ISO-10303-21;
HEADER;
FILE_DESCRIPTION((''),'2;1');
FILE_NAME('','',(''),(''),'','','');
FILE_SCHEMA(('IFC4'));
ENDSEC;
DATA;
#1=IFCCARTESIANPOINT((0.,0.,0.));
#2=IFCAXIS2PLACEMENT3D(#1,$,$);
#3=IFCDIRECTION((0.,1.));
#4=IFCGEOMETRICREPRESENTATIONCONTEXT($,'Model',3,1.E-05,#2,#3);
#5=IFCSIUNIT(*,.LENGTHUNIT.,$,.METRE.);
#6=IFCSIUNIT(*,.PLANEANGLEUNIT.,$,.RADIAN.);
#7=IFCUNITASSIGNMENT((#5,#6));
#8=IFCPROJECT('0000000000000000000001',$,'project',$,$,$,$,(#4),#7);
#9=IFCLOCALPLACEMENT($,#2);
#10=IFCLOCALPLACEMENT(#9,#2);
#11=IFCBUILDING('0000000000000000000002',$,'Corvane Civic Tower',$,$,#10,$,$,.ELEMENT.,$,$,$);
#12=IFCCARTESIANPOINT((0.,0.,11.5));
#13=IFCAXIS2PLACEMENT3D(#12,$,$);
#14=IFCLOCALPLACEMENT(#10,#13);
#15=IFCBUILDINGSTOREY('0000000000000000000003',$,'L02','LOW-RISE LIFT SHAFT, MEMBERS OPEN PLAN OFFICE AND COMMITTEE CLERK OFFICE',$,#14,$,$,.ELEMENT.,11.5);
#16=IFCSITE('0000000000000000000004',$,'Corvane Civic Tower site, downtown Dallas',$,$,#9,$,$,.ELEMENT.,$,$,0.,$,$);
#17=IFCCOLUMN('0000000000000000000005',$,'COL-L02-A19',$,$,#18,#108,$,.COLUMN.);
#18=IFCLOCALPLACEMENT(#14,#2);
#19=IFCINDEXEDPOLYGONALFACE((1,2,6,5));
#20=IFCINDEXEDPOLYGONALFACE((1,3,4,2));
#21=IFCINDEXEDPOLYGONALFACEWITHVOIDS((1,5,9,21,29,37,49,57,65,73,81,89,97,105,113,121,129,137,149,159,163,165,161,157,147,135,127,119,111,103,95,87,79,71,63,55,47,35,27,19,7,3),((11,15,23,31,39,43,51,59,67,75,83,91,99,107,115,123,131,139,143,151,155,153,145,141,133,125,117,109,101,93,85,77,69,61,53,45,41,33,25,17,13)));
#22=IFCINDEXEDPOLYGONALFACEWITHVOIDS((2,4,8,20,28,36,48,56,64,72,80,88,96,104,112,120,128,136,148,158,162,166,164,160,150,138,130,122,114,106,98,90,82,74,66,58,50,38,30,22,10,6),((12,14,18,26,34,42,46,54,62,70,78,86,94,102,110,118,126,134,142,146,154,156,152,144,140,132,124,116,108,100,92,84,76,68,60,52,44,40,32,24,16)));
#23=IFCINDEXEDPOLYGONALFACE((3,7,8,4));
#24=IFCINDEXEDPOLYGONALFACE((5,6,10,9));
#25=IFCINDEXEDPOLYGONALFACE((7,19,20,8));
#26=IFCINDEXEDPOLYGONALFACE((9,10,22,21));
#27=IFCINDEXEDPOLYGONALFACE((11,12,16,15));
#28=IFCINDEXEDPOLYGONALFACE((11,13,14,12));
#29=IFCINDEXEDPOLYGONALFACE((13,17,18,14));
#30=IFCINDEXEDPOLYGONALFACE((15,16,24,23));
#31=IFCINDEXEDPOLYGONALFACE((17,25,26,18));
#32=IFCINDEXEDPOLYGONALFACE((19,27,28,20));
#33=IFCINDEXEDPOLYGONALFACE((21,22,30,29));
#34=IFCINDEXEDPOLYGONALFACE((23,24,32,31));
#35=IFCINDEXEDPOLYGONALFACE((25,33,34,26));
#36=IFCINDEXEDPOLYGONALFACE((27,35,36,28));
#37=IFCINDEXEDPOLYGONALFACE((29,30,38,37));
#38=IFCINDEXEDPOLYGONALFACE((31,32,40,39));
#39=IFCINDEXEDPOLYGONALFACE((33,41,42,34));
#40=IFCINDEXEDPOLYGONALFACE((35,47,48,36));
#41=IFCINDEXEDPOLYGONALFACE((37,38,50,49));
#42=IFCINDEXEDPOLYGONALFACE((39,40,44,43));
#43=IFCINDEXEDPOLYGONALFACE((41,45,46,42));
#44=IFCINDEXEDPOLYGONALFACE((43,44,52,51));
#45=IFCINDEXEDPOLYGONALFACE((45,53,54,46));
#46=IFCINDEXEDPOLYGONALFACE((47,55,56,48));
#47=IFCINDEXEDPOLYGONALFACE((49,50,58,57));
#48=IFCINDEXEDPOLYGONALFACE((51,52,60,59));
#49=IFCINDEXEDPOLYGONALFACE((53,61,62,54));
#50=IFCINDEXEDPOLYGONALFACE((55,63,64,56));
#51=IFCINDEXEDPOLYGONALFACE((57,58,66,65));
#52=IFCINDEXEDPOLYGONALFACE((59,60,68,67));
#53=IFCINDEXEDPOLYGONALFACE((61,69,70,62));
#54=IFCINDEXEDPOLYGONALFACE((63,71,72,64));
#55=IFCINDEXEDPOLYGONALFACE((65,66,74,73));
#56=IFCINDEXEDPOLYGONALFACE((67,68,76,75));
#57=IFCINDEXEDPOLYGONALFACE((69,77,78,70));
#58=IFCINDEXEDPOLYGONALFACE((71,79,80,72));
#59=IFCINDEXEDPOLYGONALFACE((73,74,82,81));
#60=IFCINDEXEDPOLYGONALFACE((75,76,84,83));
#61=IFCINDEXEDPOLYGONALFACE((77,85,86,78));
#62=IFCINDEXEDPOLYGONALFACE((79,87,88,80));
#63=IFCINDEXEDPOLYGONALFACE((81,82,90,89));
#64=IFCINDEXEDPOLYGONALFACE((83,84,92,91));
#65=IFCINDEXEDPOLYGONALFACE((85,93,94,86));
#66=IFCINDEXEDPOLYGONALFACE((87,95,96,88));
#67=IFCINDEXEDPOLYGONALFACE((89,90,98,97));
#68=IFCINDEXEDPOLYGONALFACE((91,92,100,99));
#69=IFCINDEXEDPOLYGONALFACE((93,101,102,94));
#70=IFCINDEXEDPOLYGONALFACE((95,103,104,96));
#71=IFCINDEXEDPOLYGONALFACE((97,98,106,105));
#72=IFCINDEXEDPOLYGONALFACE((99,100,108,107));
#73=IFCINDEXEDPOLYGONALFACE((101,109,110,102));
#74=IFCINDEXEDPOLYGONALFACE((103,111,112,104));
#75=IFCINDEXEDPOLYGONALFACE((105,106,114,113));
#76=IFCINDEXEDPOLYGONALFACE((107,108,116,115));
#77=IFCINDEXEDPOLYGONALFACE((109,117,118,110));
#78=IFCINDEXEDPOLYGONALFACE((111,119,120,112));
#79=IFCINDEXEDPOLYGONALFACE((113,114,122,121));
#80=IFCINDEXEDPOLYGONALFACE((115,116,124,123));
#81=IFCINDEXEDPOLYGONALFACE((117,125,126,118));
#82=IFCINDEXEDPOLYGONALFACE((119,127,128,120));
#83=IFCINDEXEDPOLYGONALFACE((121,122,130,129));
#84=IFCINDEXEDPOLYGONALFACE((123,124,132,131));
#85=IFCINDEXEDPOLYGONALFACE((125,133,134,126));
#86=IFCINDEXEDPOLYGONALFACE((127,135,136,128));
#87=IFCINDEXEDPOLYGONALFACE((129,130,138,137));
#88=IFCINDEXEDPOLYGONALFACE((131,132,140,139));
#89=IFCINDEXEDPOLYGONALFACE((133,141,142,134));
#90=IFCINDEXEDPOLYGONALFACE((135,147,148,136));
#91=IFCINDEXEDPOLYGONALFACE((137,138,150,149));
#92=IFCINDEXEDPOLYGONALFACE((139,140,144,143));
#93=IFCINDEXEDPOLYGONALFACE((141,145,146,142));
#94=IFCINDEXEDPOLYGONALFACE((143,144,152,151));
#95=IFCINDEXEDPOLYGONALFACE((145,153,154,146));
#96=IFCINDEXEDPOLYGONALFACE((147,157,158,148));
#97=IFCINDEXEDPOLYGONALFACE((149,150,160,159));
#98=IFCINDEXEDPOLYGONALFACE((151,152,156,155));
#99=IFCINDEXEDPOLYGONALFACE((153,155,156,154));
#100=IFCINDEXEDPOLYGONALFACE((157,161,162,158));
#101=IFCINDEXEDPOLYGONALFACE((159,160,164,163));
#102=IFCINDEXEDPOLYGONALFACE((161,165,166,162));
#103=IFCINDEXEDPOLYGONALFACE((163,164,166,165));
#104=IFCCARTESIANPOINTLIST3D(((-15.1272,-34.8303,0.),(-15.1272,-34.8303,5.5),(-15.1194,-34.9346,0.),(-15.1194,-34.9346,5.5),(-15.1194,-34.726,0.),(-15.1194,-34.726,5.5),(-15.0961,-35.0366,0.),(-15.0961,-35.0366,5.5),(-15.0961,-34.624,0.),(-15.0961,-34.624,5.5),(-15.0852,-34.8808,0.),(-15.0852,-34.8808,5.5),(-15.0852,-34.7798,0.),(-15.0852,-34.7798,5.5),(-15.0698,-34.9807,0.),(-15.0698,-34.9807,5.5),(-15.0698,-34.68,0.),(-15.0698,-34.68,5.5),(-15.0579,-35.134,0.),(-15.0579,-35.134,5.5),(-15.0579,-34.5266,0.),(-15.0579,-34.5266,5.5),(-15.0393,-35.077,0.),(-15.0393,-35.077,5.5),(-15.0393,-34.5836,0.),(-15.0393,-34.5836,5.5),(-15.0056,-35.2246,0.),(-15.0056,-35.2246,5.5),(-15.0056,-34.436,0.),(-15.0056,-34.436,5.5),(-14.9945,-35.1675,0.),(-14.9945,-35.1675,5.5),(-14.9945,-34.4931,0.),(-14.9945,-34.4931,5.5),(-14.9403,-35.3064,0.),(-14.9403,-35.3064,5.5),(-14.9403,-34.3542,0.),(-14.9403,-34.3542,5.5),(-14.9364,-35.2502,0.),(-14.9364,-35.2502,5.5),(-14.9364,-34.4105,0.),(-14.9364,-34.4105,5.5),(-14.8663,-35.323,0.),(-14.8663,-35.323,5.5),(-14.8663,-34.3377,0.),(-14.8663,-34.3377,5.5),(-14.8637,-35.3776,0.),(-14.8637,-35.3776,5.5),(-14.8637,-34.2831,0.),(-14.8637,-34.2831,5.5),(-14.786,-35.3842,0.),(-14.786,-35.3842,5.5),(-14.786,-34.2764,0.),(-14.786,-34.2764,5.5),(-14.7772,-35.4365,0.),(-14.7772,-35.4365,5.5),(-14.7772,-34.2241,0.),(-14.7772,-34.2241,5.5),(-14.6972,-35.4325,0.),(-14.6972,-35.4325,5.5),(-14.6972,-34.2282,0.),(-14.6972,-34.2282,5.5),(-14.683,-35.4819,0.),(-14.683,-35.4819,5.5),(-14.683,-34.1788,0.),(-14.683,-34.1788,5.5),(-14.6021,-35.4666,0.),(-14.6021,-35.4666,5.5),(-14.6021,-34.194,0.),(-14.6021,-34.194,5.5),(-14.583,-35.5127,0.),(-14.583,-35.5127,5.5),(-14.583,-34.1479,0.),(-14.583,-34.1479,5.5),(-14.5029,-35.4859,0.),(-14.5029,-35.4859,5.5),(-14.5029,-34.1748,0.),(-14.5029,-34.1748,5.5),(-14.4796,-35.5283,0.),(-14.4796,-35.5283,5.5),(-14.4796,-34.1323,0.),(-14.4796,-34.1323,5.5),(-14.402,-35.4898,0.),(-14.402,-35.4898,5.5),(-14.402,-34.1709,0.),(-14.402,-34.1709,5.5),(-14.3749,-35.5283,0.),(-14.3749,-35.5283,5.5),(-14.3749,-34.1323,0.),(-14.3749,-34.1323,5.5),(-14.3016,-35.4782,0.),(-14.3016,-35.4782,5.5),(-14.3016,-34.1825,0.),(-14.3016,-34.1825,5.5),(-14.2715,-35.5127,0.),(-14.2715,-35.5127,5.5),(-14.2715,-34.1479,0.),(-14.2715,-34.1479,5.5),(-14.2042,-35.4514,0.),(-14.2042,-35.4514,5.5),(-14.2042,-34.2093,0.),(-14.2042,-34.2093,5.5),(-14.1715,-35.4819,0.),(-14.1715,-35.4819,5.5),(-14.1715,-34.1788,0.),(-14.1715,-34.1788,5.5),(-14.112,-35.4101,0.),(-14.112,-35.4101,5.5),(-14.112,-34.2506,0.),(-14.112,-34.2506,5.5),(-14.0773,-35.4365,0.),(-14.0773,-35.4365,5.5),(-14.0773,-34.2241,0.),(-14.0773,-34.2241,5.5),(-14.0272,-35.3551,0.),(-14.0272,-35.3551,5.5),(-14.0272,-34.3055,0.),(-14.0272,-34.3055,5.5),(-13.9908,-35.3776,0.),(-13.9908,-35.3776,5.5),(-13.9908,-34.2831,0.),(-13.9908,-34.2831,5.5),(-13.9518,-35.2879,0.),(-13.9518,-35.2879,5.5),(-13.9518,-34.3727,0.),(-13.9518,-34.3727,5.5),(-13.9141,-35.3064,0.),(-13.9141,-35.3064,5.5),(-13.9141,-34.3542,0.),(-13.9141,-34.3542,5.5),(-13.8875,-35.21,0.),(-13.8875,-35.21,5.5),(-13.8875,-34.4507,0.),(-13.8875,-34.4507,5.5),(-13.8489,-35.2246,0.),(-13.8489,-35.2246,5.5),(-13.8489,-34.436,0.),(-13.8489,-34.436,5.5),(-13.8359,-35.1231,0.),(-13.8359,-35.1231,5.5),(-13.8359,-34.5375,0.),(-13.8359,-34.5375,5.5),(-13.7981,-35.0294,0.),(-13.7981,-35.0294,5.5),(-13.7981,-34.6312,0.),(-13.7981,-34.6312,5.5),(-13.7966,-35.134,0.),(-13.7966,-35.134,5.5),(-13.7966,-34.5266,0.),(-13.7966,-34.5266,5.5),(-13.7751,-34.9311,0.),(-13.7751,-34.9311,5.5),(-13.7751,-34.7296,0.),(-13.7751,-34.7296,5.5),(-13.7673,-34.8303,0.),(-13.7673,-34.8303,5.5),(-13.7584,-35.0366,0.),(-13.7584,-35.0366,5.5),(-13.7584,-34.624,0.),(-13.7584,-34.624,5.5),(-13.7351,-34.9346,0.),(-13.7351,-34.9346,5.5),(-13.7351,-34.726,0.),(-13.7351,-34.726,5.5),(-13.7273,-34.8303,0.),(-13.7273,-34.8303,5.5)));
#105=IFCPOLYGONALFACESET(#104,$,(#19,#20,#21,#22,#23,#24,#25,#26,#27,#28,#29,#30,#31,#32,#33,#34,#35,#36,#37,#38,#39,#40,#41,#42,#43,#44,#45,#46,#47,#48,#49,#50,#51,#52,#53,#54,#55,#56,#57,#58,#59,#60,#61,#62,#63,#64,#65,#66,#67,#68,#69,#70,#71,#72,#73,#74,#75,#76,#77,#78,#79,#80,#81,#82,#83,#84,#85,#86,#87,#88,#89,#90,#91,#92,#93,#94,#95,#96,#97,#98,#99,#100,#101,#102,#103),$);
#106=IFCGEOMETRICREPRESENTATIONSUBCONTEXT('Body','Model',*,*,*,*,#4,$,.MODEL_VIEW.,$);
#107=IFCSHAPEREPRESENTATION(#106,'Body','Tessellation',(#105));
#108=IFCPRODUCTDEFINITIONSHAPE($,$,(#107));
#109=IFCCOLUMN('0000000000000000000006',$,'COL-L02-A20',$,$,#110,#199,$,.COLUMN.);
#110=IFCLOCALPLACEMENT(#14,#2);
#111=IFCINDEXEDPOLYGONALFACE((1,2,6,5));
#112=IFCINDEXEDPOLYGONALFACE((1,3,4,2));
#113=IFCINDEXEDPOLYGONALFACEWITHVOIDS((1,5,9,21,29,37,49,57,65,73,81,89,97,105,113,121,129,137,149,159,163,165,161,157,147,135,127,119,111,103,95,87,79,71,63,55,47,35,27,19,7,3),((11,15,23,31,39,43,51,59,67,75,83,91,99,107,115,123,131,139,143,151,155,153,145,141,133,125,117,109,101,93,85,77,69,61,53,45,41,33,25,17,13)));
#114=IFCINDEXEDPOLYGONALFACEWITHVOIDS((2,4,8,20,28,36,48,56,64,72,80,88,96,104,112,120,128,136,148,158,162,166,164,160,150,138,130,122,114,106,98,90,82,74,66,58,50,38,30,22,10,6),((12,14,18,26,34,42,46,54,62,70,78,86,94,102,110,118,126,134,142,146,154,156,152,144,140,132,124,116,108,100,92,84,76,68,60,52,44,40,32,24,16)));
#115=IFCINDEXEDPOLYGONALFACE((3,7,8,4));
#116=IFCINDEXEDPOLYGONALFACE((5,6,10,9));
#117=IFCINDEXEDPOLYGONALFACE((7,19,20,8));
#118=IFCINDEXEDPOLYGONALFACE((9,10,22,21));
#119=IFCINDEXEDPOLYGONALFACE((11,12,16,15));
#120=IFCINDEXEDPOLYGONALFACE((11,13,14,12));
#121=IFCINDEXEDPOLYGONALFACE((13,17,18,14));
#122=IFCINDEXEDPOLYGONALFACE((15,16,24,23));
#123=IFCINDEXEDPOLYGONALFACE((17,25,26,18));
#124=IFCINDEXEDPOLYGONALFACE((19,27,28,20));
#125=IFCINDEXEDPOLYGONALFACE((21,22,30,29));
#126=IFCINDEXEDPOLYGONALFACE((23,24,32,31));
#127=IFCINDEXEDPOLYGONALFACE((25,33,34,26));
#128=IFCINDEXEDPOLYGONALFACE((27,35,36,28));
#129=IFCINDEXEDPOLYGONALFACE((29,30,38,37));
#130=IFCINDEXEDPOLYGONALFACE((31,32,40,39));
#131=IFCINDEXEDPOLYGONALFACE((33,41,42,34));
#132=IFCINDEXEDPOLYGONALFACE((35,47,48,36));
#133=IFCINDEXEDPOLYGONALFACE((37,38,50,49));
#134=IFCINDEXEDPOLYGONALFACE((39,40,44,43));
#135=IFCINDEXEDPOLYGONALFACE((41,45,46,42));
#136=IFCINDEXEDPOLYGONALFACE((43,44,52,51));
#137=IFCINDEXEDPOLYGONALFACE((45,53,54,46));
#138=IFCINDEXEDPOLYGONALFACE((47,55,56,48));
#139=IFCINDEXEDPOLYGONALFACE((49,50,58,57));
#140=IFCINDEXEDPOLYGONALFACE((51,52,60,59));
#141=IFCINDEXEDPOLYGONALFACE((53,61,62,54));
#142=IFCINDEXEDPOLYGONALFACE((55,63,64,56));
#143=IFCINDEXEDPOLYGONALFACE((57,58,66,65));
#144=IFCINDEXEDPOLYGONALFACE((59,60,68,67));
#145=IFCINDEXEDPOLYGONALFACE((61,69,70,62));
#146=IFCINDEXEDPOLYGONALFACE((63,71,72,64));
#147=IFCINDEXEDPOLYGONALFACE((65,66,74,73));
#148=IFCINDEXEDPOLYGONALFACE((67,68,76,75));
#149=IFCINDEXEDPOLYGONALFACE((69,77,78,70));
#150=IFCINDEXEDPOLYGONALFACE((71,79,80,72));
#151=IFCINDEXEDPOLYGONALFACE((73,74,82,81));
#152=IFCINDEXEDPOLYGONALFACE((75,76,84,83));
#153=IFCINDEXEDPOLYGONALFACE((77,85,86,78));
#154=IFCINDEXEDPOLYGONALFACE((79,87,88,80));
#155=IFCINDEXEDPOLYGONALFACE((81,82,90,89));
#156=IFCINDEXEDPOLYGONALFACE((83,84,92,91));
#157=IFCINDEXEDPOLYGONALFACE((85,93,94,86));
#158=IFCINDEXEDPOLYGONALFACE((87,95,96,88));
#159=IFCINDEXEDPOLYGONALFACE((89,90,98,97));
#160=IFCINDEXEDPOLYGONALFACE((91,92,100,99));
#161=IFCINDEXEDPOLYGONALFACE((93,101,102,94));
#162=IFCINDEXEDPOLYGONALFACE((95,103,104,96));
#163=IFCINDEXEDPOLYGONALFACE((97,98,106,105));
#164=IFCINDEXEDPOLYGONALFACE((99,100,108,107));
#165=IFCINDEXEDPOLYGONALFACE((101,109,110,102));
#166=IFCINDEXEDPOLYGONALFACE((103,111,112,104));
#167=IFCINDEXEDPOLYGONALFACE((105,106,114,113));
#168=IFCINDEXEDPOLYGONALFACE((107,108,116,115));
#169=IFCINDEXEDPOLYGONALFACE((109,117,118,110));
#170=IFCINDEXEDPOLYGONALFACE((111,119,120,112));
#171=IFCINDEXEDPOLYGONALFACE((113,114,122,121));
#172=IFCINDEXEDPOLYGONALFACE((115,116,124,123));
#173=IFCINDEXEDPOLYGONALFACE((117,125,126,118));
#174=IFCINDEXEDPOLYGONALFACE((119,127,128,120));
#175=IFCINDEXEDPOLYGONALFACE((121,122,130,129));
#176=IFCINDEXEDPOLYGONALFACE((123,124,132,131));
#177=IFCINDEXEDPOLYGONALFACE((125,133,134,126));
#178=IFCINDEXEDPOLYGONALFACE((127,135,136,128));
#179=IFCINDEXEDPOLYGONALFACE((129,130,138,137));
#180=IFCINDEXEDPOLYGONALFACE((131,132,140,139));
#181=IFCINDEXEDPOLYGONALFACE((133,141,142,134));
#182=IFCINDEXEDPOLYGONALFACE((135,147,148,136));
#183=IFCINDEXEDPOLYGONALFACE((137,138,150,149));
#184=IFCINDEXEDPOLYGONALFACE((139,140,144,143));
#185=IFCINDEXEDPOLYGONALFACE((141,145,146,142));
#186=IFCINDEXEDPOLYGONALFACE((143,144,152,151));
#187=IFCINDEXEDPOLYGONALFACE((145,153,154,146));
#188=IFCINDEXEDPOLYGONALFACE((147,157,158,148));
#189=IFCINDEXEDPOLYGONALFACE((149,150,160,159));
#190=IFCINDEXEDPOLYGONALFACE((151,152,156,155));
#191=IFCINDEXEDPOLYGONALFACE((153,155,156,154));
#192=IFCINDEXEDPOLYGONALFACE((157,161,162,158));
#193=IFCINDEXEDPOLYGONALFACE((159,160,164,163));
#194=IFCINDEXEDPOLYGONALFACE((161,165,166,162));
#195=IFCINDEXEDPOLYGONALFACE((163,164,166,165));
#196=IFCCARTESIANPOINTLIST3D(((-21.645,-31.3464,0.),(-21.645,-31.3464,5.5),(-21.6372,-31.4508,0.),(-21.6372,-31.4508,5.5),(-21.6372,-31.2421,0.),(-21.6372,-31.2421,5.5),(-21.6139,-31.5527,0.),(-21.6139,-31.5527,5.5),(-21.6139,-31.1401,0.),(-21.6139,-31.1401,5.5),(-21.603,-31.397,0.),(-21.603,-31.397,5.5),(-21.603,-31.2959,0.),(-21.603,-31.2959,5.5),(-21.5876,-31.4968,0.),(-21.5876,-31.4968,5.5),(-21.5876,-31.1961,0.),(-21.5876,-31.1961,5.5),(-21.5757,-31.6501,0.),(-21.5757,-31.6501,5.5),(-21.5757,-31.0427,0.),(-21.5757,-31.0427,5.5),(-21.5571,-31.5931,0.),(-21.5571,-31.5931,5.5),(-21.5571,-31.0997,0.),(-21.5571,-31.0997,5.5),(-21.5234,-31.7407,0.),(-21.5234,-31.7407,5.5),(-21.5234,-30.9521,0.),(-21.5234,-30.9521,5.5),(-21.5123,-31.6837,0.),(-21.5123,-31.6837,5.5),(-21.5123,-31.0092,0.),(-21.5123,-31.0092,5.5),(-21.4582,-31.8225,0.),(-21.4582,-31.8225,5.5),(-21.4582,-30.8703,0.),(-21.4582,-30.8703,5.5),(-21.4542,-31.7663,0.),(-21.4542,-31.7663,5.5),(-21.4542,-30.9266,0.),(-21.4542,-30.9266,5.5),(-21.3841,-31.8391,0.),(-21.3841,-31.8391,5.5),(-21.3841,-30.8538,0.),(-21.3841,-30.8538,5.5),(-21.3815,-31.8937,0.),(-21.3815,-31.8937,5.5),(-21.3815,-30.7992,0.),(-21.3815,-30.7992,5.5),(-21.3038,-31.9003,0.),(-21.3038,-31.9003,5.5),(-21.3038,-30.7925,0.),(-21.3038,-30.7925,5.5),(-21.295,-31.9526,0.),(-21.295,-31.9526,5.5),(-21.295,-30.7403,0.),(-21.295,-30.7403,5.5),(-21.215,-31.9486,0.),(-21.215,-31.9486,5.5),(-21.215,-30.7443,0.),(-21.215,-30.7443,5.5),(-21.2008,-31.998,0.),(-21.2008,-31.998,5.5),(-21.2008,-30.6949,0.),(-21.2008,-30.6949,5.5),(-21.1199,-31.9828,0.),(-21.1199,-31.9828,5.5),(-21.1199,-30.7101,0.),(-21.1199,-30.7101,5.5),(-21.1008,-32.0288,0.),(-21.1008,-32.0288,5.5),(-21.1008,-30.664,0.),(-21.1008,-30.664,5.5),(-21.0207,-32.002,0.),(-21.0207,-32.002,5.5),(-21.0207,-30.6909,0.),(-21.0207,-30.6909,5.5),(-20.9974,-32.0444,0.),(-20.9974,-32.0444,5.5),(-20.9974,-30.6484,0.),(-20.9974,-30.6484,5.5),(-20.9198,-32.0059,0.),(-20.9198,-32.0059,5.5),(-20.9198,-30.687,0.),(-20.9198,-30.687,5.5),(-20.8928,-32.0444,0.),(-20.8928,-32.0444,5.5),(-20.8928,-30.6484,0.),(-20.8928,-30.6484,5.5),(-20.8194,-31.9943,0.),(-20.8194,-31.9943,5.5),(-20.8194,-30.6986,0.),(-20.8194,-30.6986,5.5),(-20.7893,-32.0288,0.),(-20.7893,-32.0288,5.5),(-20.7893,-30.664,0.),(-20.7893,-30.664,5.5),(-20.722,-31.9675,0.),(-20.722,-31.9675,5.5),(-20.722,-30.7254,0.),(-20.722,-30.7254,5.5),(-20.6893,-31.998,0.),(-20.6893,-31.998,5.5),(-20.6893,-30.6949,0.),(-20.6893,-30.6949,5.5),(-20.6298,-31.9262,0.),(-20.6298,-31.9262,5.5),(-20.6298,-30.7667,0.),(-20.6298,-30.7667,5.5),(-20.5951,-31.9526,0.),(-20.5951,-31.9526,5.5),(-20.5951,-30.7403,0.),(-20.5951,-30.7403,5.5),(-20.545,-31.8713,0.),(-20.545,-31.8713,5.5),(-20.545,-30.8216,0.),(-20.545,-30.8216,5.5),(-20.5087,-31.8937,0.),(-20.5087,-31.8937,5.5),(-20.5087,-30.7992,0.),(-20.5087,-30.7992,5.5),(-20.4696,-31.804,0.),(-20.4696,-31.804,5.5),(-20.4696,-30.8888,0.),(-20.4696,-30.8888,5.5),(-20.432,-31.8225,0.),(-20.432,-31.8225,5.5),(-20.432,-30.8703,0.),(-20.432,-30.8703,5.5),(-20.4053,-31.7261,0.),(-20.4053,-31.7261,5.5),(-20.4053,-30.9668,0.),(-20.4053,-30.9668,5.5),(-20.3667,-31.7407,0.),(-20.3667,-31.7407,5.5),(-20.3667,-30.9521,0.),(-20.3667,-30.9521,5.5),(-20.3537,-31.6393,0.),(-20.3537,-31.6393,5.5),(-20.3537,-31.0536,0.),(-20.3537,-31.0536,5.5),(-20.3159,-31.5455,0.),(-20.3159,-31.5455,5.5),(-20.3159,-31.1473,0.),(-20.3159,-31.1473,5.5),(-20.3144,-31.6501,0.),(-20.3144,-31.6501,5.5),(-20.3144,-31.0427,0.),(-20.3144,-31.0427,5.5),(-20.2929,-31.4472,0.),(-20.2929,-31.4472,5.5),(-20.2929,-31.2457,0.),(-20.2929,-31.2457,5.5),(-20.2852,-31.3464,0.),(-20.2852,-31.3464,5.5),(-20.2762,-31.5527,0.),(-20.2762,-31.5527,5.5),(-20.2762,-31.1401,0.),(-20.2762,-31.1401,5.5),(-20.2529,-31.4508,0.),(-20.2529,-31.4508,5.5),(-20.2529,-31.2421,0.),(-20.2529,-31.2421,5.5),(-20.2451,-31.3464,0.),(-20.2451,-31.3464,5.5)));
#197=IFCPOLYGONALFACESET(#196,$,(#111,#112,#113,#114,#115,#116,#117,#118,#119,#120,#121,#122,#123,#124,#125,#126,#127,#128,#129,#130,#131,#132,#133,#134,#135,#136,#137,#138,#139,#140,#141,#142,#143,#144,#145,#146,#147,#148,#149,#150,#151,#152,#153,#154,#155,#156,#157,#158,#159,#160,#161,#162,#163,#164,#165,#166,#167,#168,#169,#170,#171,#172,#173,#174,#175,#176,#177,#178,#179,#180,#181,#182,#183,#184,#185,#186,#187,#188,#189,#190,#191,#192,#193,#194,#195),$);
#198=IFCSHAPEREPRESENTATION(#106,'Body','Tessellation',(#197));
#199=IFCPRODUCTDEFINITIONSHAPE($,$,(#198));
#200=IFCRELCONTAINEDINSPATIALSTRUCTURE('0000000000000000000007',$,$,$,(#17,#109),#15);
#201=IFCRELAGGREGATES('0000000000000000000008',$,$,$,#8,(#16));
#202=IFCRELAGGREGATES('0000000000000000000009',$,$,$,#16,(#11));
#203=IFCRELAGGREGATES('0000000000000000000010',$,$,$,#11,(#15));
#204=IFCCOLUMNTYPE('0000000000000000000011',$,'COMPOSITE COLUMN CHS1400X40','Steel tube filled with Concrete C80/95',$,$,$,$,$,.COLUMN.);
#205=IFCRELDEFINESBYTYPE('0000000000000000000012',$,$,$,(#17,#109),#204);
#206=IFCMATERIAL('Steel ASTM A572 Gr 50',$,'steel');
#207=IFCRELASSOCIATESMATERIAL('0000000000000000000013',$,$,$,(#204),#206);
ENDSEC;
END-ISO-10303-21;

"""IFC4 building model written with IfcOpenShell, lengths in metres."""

from ifc_helpers import new_model, si_unit, direction, frame, origin, origin_2d, place, context, subcontext, project, spatial, hollow_circle, extrude, material, material_profile, profile_set, type_object, element, save


model = new_model("IFC4")

# Units and contexts
model_context = context("Model", 3, precision=1e-05, world=origin(), true_north=direction((0.0, 1.0)))
body_context = subcontext(model_context, "Body", "Model", "MODEL_VIEW")
ifc_project = project(units=[si_unit("LENGTHUNIT", "METRE"), si_unit("PLANEANGLEUNIT", "RADIAN")], contexts=[model_context])

# Site, building, storey
site_placement = place(None, origin())
site = spatial("IfcSite", under=ifc_project, at=site_placement, Name="Corvane Civic Tower site, downtown Dallas", CompositionType="ELEMENT", RefElevation=0.0)
building_placement = place(site_placement, origin())
building = spatial("IfcBuilding", under=site, at=building_placement, Name="Corvane Civic Tower", CompositionType="ELEMENT")
storey_placement = place(building_placement, frame((0.0, 0.0, 11.5)))
storey = spatial("IfcBuildingStorey", under=building, at=storey_placement, Name="L02", Description="LOW-RISE LIFT SHAFT, MEMBERS OPEN PLAN OFFICE AND COMMITTEE CLERK OFFICE", CompositionType="ELEMENT", Elevation=11.5)

# Columns
ifc_material_1 = material(Name="Steel ASTM A572 Gr 50", Category="steel")
ifc_material_profile_1 = material_profile(ifc_material_1, hollow_circle(Radius=0.7, WallThickness=0.04, at=origin_2d()), Name="CHS1400X40")
ifc_profile_set_1 = profile_set([ifc_material_profile_1], Name="Steel ASTM A572 Gr 50")
column_type_1 = type_object("IfcColumnType", Name="COMPOSITE COLUMN CHS1400X40", Description="Steel tube filled with Concrete C80/95", PredefinedType="COLUMN", material=ifc_profile_set_1)
for number, where, z_axis, x_axis, name in (
    (1, (-14.4272, -34.8303, 0.0), (0.0, 0.0, 1.0), (1.0, 0.0, 0.0), "COL-L02-A19"),
    (2, (-20.9451, -31.3464, 0.0), (0.0, 0.0, 1.0), (1.0, 0.0, 0.0), "COL-L02-A20"),
):
    element("IfcColumn", number, at=place(storey_placement, frame(where, z_axis=z_axis, x_axis=x_axis)), inside=storey, type_object=column_type_1, Name=name, PredefinedType="COLUMN", context=body_context, shape_type="SweptSolid", body=[
        extrude(hollow_circle(Radius=0.7, WallThickness=0.04, at=origin_2d()), origin(), (0.0, 0.0, 1.0), 5.5),
    ])

save(model, "model.ifc")
